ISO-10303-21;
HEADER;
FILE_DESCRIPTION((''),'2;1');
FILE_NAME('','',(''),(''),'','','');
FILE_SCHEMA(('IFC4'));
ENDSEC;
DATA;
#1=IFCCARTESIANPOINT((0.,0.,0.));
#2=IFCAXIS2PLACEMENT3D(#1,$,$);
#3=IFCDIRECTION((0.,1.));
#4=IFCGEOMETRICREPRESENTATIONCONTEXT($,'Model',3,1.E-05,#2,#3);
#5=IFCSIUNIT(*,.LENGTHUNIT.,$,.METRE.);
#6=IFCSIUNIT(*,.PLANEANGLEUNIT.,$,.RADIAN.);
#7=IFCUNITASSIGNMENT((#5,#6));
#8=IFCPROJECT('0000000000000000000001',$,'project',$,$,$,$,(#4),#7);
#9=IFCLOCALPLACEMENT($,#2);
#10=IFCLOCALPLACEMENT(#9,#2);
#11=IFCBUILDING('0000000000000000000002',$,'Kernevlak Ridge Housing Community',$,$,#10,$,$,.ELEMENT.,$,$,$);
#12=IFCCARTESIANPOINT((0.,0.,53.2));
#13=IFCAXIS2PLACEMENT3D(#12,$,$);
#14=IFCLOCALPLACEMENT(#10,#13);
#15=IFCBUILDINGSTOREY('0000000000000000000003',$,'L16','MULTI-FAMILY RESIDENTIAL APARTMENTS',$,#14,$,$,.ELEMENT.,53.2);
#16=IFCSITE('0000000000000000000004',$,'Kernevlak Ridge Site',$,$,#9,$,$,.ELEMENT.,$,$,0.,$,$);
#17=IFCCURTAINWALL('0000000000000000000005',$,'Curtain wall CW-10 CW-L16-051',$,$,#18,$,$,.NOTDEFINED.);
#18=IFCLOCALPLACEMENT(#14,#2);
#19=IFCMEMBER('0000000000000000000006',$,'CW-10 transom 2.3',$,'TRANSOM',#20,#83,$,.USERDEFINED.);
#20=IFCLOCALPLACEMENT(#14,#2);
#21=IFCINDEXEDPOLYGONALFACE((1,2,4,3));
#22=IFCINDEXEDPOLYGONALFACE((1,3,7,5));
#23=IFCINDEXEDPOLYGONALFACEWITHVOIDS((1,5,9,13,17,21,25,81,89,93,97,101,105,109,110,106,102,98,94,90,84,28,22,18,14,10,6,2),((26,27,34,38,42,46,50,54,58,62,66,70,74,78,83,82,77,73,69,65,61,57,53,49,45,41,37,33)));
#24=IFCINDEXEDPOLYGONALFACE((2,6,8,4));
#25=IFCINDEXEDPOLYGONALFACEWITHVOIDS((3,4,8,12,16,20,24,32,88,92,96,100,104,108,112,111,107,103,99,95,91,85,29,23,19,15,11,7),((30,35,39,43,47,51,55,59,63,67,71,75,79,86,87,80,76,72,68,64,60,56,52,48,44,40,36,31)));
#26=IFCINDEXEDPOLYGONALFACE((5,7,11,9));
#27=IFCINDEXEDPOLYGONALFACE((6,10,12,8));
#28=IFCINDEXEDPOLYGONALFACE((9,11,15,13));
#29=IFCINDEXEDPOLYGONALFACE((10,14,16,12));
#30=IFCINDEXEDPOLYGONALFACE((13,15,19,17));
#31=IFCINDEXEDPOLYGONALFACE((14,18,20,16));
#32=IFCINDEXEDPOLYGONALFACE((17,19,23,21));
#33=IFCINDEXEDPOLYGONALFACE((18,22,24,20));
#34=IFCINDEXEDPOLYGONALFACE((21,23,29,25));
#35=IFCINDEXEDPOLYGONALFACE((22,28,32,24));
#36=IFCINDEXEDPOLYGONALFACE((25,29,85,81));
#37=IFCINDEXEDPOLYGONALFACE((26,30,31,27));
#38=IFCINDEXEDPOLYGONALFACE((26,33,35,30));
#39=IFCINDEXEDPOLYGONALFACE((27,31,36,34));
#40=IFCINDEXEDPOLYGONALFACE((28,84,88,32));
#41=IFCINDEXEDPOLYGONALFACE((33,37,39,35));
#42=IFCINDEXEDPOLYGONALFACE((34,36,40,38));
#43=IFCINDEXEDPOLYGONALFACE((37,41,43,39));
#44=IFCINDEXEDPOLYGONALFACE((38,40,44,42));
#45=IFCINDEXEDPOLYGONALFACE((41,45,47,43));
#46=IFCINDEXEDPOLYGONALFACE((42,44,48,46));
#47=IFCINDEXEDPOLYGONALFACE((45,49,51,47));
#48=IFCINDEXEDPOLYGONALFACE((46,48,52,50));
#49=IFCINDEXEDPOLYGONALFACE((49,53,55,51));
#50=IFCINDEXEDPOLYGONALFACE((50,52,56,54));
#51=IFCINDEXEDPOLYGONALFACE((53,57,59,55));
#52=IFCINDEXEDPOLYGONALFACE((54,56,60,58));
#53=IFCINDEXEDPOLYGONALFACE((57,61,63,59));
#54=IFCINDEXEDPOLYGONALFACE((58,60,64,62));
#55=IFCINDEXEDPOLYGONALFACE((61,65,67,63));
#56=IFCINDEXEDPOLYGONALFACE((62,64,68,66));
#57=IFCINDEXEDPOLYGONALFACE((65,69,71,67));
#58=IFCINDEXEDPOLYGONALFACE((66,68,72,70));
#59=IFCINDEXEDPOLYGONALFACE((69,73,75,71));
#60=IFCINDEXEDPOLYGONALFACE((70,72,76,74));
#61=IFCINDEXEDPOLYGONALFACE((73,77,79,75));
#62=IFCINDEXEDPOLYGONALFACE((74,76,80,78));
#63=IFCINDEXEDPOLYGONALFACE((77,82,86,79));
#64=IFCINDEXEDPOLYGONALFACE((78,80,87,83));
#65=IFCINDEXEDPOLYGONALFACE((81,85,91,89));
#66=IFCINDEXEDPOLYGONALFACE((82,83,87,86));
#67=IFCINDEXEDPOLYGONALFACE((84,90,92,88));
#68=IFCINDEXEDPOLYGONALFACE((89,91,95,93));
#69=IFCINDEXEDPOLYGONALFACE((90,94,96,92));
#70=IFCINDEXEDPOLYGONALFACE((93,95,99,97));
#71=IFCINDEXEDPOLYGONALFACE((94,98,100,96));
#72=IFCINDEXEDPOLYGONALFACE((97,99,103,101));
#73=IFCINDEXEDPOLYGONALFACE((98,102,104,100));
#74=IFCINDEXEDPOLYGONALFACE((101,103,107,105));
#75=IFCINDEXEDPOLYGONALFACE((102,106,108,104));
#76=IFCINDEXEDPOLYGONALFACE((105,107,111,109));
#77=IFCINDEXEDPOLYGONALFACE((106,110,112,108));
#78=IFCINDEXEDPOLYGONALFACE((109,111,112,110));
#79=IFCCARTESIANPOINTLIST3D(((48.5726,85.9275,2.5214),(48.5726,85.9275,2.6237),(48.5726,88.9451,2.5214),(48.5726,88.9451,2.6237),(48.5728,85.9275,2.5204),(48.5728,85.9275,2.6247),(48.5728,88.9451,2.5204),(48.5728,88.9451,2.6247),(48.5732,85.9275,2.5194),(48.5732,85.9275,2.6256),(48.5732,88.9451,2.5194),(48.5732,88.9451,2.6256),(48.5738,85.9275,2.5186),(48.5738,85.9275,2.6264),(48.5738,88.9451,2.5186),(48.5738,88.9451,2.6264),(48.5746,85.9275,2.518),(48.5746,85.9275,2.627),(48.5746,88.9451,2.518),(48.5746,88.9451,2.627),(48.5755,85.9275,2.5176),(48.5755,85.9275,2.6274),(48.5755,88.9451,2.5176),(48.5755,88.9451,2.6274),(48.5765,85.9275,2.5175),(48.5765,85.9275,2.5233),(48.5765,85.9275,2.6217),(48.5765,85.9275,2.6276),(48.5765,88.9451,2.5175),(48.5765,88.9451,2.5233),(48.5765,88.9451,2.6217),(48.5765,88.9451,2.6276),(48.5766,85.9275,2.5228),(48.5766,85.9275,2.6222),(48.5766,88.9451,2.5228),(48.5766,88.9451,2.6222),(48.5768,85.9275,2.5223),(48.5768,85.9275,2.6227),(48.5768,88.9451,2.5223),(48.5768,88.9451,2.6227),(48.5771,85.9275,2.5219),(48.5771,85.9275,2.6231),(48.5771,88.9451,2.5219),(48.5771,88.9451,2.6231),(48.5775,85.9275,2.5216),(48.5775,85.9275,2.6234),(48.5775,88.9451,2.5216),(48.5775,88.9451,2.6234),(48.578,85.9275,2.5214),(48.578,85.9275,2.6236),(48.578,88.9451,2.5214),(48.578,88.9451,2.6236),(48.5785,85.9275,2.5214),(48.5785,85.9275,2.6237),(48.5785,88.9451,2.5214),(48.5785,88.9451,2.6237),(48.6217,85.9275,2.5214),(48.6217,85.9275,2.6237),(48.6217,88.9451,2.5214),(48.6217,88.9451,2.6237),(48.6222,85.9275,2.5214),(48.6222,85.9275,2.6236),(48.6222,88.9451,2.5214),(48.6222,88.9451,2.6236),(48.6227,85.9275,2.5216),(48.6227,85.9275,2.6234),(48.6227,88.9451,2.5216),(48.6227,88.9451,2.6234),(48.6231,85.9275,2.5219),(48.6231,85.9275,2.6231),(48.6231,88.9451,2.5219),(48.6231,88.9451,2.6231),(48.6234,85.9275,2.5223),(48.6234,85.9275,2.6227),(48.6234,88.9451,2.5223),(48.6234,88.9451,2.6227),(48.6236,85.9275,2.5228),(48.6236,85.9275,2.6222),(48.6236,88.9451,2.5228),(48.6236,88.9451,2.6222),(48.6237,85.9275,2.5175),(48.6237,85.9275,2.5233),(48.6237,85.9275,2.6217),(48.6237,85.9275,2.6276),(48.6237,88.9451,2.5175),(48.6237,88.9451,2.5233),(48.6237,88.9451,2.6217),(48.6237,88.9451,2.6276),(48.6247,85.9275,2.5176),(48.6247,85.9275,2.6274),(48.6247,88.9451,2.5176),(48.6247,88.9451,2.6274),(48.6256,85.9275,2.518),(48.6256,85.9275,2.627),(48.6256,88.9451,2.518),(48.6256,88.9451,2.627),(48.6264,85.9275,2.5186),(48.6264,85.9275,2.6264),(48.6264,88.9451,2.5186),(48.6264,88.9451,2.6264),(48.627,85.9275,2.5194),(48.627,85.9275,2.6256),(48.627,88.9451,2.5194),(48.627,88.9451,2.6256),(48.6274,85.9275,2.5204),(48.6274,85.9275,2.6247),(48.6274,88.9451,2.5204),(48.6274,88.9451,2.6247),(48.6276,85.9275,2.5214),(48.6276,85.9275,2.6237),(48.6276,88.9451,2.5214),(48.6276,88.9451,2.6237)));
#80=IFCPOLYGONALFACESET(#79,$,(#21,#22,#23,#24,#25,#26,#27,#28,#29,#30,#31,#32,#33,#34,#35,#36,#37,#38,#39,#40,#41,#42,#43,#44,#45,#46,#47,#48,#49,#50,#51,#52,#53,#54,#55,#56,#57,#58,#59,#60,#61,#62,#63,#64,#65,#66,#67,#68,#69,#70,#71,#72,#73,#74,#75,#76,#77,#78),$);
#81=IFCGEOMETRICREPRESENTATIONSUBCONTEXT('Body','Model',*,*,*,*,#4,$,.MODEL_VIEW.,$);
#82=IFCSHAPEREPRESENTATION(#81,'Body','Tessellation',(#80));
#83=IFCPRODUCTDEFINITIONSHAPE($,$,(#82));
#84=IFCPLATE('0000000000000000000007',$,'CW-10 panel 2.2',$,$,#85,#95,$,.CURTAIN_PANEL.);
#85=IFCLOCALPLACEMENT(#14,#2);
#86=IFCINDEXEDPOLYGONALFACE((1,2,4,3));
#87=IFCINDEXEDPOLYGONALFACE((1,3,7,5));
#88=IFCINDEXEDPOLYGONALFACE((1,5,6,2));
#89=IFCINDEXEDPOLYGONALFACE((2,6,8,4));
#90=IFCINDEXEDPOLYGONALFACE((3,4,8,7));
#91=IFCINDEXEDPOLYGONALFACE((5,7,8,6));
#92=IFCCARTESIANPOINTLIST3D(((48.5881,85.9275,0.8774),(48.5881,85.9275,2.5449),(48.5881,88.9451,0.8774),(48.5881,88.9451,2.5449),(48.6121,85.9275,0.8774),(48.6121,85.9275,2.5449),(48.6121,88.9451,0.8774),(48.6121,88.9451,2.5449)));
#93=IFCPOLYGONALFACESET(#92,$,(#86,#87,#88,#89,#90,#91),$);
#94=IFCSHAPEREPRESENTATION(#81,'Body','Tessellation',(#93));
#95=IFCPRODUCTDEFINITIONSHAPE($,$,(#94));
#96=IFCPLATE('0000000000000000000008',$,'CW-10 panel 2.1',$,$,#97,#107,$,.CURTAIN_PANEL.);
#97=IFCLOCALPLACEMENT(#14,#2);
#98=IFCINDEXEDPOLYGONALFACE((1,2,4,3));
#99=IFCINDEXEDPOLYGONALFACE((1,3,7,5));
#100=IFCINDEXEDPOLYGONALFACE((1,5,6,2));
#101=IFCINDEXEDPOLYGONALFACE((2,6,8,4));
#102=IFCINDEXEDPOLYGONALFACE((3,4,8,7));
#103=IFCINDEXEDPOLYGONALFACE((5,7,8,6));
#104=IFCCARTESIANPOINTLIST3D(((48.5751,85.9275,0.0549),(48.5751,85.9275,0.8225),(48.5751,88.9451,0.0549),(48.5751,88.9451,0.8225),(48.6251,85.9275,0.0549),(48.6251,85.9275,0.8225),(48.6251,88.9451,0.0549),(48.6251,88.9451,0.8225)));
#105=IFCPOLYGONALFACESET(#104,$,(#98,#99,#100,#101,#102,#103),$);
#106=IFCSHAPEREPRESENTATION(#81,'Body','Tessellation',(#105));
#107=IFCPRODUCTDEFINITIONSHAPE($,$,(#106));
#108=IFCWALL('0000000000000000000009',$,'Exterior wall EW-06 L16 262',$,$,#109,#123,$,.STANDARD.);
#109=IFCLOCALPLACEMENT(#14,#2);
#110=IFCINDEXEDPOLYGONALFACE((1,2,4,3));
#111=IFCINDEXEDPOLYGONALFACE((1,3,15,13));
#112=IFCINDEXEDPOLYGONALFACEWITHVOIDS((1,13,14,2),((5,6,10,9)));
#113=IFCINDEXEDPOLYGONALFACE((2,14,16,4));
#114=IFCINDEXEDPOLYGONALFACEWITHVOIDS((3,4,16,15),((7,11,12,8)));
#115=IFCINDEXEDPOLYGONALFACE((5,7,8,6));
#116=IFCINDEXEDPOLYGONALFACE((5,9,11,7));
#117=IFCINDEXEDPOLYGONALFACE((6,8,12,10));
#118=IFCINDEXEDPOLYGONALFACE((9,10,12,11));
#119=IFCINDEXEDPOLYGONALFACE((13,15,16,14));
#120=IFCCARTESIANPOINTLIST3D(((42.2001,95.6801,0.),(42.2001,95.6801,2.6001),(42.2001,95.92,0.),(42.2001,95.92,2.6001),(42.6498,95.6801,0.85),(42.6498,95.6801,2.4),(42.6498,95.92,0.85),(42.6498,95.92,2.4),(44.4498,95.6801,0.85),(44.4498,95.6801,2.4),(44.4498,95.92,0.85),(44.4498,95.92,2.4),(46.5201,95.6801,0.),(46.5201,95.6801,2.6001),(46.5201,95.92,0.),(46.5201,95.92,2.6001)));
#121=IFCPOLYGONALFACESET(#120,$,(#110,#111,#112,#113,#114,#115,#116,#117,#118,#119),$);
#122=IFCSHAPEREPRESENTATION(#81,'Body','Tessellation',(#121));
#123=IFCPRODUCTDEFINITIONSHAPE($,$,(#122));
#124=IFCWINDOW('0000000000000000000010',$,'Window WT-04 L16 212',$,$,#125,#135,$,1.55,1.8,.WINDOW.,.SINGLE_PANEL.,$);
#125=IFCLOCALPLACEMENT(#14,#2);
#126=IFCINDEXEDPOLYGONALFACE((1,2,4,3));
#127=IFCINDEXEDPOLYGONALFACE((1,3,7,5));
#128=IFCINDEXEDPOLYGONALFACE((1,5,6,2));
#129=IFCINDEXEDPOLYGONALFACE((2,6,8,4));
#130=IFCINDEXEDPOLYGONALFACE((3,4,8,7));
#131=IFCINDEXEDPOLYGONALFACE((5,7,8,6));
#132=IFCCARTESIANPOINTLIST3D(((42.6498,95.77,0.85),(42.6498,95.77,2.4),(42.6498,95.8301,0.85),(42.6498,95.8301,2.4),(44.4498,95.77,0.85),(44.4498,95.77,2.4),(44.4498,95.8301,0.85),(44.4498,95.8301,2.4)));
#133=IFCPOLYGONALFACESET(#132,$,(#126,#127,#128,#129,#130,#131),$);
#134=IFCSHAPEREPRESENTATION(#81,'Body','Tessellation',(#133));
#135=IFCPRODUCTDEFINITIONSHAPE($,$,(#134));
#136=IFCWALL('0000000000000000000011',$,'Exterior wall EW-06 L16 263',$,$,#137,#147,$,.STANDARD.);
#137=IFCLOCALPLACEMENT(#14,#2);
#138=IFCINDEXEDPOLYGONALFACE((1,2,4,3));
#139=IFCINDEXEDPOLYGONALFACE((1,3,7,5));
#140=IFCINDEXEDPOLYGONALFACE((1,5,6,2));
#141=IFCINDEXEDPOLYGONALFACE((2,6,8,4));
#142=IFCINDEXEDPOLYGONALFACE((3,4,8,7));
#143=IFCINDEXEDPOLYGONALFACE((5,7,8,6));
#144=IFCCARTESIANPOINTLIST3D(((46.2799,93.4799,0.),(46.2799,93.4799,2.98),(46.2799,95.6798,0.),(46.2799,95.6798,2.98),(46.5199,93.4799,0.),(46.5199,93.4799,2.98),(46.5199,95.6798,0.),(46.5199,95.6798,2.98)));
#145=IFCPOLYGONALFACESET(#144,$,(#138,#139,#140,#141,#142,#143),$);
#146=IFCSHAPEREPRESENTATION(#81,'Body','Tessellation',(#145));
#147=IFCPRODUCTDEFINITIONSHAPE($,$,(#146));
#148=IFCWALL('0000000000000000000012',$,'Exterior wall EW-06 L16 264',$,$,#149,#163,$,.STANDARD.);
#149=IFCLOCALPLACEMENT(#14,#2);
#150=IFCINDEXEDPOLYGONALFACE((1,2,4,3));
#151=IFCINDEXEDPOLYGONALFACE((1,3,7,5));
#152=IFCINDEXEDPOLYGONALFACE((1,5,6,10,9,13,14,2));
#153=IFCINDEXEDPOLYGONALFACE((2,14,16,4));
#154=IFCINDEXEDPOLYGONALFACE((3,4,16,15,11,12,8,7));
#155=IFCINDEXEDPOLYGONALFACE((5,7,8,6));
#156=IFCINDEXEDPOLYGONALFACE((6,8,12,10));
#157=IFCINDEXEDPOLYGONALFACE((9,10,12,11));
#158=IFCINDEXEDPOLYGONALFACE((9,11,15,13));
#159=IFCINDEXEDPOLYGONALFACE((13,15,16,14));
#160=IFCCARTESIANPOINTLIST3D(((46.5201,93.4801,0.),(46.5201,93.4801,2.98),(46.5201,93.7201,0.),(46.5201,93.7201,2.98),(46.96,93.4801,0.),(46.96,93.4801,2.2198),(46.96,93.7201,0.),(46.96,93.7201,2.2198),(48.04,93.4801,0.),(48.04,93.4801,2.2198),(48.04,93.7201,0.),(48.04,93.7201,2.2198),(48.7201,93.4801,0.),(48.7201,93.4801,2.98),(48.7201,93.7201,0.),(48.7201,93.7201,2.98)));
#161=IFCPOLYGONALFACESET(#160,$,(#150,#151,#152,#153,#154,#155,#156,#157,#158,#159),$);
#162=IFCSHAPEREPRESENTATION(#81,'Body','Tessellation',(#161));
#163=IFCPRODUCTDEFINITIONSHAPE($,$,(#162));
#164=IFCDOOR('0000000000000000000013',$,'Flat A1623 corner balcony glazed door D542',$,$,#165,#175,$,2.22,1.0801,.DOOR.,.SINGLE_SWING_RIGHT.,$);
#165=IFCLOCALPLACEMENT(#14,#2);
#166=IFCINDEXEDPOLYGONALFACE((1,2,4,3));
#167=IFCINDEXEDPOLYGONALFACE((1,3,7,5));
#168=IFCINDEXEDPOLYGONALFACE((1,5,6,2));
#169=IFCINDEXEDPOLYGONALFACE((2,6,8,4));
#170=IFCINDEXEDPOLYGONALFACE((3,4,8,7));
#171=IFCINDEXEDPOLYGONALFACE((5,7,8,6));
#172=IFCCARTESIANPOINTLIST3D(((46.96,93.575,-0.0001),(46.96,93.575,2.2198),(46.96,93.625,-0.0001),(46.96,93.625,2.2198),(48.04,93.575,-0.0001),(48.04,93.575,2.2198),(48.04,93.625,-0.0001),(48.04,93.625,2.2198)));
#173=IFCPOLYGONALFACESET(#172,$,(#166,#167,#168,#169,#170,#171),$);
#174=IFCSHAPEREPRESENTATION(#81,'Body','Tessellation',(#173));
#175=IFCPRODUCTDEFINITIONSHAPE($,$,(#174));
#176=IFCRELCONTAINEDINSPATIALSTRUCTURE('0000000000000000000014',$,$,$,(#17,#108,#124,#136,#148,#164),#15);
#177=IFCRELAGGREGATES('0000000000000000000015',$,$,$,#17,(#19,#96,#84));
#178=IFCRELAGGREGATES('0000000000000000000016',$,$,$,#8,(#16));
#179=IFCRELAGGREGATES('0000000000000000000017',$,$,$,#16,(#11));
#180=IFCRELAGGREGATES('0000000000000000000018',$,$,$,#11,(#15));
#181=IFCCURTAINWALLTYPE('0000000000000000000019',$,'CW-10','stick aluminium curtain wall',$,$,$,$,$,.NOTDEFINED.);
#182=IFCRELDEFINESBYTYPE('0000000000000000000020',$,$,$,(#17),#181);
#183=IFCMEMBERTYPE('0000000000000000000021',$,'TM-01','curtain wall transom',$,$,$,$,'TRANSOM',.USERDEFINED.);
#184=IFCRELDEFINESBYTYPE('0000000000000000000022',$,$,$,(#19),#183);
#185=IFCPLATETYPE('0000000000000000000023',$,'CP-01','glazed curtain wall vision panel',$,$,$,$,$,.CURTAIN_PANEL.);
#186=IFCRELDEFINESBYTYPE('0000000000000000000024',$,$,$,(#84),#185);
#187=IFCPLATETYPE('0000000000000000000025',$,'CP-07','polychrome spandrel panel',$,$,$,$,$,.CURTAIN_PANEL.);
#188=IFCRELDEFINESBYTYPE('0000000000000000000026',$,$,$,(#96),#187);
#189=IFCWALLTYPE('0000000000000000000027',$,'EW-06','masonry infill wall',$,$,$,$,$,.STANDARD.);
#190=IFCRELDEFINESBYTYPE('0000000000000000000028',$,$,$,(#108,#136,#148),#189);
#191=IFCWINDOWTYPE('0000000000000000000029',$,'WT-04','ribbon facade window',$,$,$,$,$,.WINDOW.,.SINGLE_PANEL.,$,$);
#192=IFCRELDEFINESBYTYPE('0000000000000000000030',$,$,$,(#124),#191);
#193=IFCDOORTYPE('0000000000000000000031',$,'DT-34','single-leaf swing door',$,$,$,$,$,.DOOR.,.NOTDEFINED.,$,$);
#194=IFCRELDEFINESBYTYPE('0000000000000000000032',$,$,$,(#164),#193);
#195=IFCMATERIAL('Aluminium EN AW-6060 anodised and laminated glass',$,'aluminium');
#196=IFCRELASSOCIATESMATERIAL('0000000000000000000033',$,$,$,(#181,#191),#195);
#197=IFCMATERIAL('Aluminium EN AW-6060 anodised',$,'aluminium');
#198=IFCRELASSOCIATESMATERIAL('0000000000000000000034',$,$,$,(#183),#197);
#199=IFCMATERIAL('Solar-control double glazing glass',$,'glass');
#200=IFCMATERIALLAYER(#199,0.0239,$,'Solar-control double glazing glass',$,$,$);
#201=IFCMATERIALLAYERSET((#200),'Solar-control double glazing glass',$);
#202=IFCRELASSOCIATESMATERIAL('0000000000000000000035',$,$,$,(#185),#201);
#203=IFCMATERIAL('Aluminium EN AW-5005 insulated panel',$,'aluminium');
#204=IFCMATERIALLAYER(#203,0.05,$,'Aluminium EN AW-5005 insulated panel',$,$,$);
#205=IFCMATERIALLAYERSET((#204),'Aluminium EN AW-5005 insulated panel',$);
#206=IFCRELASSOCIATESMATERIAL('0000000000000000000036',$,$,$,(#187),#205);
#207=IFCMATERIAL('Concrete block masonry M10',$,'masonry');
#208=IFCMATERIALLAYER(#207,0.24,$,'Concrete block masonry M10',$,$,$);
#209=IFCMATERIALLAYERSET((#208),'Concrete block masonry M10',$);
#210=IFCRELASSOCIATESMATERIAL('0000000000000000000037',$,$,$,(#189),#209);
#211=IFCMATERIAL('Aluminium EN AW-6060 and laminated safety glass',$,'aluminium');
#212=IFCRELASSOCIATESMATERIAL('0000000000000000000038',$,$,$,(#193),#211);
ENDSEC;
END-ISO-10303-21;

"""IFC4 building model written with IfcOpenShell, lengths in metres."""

from ifc_helpers import new_model, si_unit, direction, frame, frame_2d, origin, origin_2d, place, context, subcontext, project, spatial, rectangle, hollow_rectangle, extrude, material, layer, layer_set, material_profile, profile_set, type_object, element, fill, aggregate, save


model = new_model("IFC4")

# Units and contexts
model_context = context("Model", 3, precision=1e-05, world=origin(), true_north=direction((0.0, 1.0)))
body_context = subcontext(model_context, "Body", "Model", "MODEL_VIEW")
ifc_project = project(units=[si_unit("LENGTHUNIT", "METRE"), si_unit("PLANEANGLEUNIT", "RADIAN")], contexts=[model_context])

# Site, building, storey
site_placement = place(None, origin())
site = spatial("IfcSite", under=ifc_project, at=site_placement, Name="Kernevlak Ridge Site", CompositionType="ELEMENT", RefElevation=0.0)
building_placement = place(site_placement, origin())
building = spatial("IfcBuilding", under=site, at=building_placement, Name="Kernevlak Ridge Housing Community", CompositionType="ELEMENT")
storey_placement = place(building_placement, frame((0.0, 0.0, 53.2)))
storey = spatial("IfcBuildingStorey", under=building, at=storey_placement, Name="L16", Description="MULTI-FAMILY RESIDENTIAL APARTMENTS", CompositionType="ELEMENT", Elevation=53.2)

# Curtain wall
ifc_material_1 = material(Name="Aluminium EN AW-6060 anodised and laminated glass", Category="aluminium")
curtain_wall_type = type_object("IfcCurtainWallType", Name="CW-10", Description="stick aluminium curtain wall", PredefinedType="NOTDEFINED", material=ifc_material_1)
curtain_wall_placement = place(storey_placement, origin())
curtain_wall = element("IfcCurtainWall", 1, at=curtain_wall_placement, inside=storey, type_object=curtain_wall_type, Name="Curtain wall CW-10 CW-L16-051", PredefinedType="NOTDEFINED")
ifc_material_2 = material(Name="Aluminium EN AW-6060 anodised", Category="aluminium")

# Member
ifc_material_profile_1 = material_profile(ifc_material_2, hollow_rectangle(XDim=0.0549, YDim=0.1101, WallThickness=0.0039, InnerFilletRadius=0.002, OuterFilletRadius=0.0039, at=origin_2d()), Name="ALU 55x110x4")
ifc_profile_set_1 = profile_set([ifc_material_profile_1], Name="Aluminium EN AW-6060 anodised")
member_type_1 = type_object("IfcMemberType", Name="TM-01", Description="curtain wall transom", ElementType="TRANSOM", PredefinedType="USERDEFINED", material=ifc_profile_set_1)
member_1_placement = place(storey_placement, frame((48.6001, 85.9275, 2.5725), z_axis=(0.0, 1.0, 0.0), x_axis=(-1.0, 0.0, 0.0)))
member_1 = element("IfcMember", 2, at=member_1_placement, type_object=member_type_1, Name="CW-10 transom 2.3", ObjectType="TRANSOM", PredefinedType="USERDEFINED", context=body_context, shape_type="SweptSolid", body=[
    extrude(hollow_rectangle(XDim=0.0549, YDim=0.1101, WallThickness=0.0039, InnerFilletRadius=0.002, OuterFilletRadius=0.0039, at=origin_2d()), origin(), (0.0, 0.0, 1.0), 3.0176),
])

# Plates
ifc_material_3 = material(Name="Solar-control double glazing glass", Category="glass")
ifc_layer_1 = layer(ifc_material_3, 0.0239, Name="Solar-control double glazing glass")
ifc_layer_set_1 = layer_set([ifc_layer_1], Name="Solar-control double glazing glass")
plate_type_1 = type_object("IfcPlateType", Name="CP-01", Description="glazed curtain wall vision panel", PredefinedType="CURTAIN_PANEL", material=ifc_layer_set_1)
plate_1_placement = place(storey_placement, frame((48.6001, 87.4363, 0.8774), z_axis=(0.0, 0.0, 1.0), x_axis=(0.0, 1.0, 0.0)))
plate_1 = element("IfcPlate", 3, at=plate_1_placement, type_object=plate_type_1, Name="CW-10 panel 2.2", PredefinedType="CURTAIN_PANEL", context=body_context, shape_type="SweptSolid", body=[
    extrude(rectangle(XDim=3.0176, YDim=0.0239, at=origin_2d()), origin(), (0.0, 0.0, 1.0), 1.6675),
])
ifc_material_4 = material(Name="Aluminium EN AW-5005 insulated panel", Category="aluminium")
ifc_layer_2 = layer(ifc_material_4, 0.05, Name="Aluminium EN AW-5005 insulated panel")
ifc_layer_set_2 = layer_set([ifc_layer_2], Name="Aluminium EN AW-5005 insulated panel")
plate_type_2 = type_object("IfcPlateType", Name="CP-07", Description="polychrome spandrel panel", PredefinedType="CURTAIN_PANEL", material=ifc_layer_set_2)
plate_2_placement = place(storey_placement, frame((48.6001, 87.4363, 0.0549), z_axis=(0.0, 0.0, 1.0), x_axis=(0.0, 1.0, 0.0)))
plate_2 = element("IfcPlate", 4, at=plate_2_placement, type_object=plate_type_2, Name="CW-10 panel 2.1", PredefinedType="CURTAIN_PANEL", context=body_context, shape_type="SweptSolid", body=[
    extrude(rectangle(XDim=3.0176, YDim=0.05, at=origin_2d()), origin(), (0.0, 0.0, 1.0), 0.7676),
])
aggregate(curtain_wall, [member_1, plate_2, plate_1])

# Wall, opening, window
ifc_material_5 = material(Name="Concrete block masonry M10", Category="masonry")
ifc_layer_3 = layer(ifc_material_5, 0.24, Name="Concrete block masonry M10")
ifc_layer_set_3 = layer_set([ifc_layer_3], Name="Concrete block masonry M10")
wall_type_1 = type_object("IfcWallType", Name="EW-06", Description="masonry infill wall", PredefinedType="STANDARD", material=ifc_layer_set_3)
wall_1_placement = place(storey_placement, frame((42.2, 95.8, 0.0), z_axis=(0.0, 0.0, 1.0), x_axis=(1.0, 0.0, 0.0)))
wall_1 = element("IfcWall", 5, at=wall_1_placement, inside=storey, type_object=wall_type_1, Name="Exterior wall EW-06 L16 262", PredefinedType="STANDARD", context=body_context, shape_type="SweptSolid", body=[
    extrude(rectangle(XDim=4.3201, YDim=0.24, at=frame_2d((2.1602, 0.0))), origin(), (0.0, 0.0, 1.0), 2.6001),
])
opening_1_placement = place(wall_1_placement, frame((0.45, 0.0, 0.8501)))
opening_1 = element("IfcOpeningElement", 6, at=opening_1_placement, cuts=wall_1, PredefinedType="OPENING", context=body_context, shape_type="SweptSolid", body=[
    extrude(rectangle(XDim=1.8, YDim=1.55, at=frame_2d((0.8999, 0.7749))), frame((0.0, 0.1299, 0.0), z_axis=(0.0, -1.0, 0.0), x_axis=(1.0, 0.0, 0.0)), (0.0, 0.0, 1.0), 0.26),
])
window_type = type_object("IfcWindowType", Name="WT-04", Description="ribbon facade window", PartitioningType="SINGLE_PANEL", PredefinedType="WINDOW", material=ifc_material_1)
window_placement = place(opening_1_placement, origin())
window = element("IfcWindow", 7, at=window_placement, inside=storey, type_object=window_type, Name="Window WT-04 L16 212", OverallHeight=1.55, OverallWidth=1.8, PartitioningType="SINGLE_PANEL", PredefinedType="WINDOW", context=body_context, shape_type="SweptSolid", body=[
    extrude(rectangle(XDim=1.8, YDim=1.55, at=frame_2d((0.8999, 0.7749))), frame((0.0, 0.03, 0.0), z_axis=(0.0, -1.0, 0.0), x_axis=(1.0, 0.0, 0.0)), (0.0, 0.0, 1.0), 0.0601),
])
fill(opening_1, window)

# Wall
wall_2_placement = place(storey_placement, frame((46.3999, 95.6799, 0.0), z_axis=(0.0, 0.0, 1.0), x_axis=(0.0, -1.0, 0.0)))
element("IfcWall", 8, at=wall_2_placement, inside=storey, type_object=wall_type_1, Name="Exterior wall EW-06 L16 263", PredefinedType="STANDARD", context=body_context, shape_type="SweptSolid", body=[
    extrude(rectangle(XDim=2.2, YDim=0.24, at=frame_2d((1.1001, 0.0))), origin(), (0.0, 0.0, 1.0), 2.98),
])

# Wall, opening, door
wall_3_placement = place(storey_placement, frame((46.52, 93.6001, 0.0), z_axis=(0.0, 0.0, 1.0), x_axis=(1.0, 0.0, 0.0)))
wall_3 = element("IfcWall", 9, at=wall_3_placement, inside=storey, type_object=wall_type_1, Name="Exterior wall EW-06 L16 264", PredefinedType="STANDARD", context=body_context, shape_type="SweptSolid", body=[
    extrude(rectangle(XDim=2.2, YDim=0.24, at=frame_2d((1.1001, 0.0))), origin(), (0.0, 0.0, 1.0), 2.98),
])
opening_2_placement = place(wall_3_placement, frame((0.4399, 0.0, 0.0)))
opening_2 = element("IfcOpeningElement", 10, at=opening_2_placement, cuts=wall_3, PredefinedType="OPENING", context=body_context, shape_type="SweptSolid", body=[
    extrude(rectangle(XDim=1.0801, YDim=2.22, at=frame_2d((0.54, 1.1099))), frame((0.0, 0.1299, 0.0), z_axis=(0.0, -1.0, 0.0), x_axis=(1.0, 0.0, 0.0)), (0.0, 0.0, 1.0), 0.26),
])
ifc_material_6 = material(Name="Aluminium EN AW-6060 and laminated safety glass", Category="aluminium")
door_type_1 = type_object("IfcDoorType", Name="DT-34", Description="single-leaf swing door", OperationType="NOTDEFINED", PredefinedType="DOOR", material=ifc_material_6)
door_1_placement = place(opening_2_placement, origin())
door_1 = element("IfcDoor", 11, at=door_1_placement, inside=storey, type_object=door_type_1, Name="Flat A1623 corner balcony glazed door D542", OperationType="SINGLE_SWING_RIGHT", OverallHeight=2.22, OverallWidth=1.0801, PredefinedType="DOOR", context=body_context, shape_type="SweptSolid", body=[
    extrude(rectangle(XDim=1.0801, YDim=2.22, at=frame_2d((0.54, 1.1099))), frame((0.0, 0.0249, 0.0), z_axis=(0.0, -1.0, 0.0), x_axis=(1.0, 0.0, 0.0)), (0.0, 0.0, 1.0), 0.05),
])
fill(opening_2, door_1)

save(model, "model.ifc")
